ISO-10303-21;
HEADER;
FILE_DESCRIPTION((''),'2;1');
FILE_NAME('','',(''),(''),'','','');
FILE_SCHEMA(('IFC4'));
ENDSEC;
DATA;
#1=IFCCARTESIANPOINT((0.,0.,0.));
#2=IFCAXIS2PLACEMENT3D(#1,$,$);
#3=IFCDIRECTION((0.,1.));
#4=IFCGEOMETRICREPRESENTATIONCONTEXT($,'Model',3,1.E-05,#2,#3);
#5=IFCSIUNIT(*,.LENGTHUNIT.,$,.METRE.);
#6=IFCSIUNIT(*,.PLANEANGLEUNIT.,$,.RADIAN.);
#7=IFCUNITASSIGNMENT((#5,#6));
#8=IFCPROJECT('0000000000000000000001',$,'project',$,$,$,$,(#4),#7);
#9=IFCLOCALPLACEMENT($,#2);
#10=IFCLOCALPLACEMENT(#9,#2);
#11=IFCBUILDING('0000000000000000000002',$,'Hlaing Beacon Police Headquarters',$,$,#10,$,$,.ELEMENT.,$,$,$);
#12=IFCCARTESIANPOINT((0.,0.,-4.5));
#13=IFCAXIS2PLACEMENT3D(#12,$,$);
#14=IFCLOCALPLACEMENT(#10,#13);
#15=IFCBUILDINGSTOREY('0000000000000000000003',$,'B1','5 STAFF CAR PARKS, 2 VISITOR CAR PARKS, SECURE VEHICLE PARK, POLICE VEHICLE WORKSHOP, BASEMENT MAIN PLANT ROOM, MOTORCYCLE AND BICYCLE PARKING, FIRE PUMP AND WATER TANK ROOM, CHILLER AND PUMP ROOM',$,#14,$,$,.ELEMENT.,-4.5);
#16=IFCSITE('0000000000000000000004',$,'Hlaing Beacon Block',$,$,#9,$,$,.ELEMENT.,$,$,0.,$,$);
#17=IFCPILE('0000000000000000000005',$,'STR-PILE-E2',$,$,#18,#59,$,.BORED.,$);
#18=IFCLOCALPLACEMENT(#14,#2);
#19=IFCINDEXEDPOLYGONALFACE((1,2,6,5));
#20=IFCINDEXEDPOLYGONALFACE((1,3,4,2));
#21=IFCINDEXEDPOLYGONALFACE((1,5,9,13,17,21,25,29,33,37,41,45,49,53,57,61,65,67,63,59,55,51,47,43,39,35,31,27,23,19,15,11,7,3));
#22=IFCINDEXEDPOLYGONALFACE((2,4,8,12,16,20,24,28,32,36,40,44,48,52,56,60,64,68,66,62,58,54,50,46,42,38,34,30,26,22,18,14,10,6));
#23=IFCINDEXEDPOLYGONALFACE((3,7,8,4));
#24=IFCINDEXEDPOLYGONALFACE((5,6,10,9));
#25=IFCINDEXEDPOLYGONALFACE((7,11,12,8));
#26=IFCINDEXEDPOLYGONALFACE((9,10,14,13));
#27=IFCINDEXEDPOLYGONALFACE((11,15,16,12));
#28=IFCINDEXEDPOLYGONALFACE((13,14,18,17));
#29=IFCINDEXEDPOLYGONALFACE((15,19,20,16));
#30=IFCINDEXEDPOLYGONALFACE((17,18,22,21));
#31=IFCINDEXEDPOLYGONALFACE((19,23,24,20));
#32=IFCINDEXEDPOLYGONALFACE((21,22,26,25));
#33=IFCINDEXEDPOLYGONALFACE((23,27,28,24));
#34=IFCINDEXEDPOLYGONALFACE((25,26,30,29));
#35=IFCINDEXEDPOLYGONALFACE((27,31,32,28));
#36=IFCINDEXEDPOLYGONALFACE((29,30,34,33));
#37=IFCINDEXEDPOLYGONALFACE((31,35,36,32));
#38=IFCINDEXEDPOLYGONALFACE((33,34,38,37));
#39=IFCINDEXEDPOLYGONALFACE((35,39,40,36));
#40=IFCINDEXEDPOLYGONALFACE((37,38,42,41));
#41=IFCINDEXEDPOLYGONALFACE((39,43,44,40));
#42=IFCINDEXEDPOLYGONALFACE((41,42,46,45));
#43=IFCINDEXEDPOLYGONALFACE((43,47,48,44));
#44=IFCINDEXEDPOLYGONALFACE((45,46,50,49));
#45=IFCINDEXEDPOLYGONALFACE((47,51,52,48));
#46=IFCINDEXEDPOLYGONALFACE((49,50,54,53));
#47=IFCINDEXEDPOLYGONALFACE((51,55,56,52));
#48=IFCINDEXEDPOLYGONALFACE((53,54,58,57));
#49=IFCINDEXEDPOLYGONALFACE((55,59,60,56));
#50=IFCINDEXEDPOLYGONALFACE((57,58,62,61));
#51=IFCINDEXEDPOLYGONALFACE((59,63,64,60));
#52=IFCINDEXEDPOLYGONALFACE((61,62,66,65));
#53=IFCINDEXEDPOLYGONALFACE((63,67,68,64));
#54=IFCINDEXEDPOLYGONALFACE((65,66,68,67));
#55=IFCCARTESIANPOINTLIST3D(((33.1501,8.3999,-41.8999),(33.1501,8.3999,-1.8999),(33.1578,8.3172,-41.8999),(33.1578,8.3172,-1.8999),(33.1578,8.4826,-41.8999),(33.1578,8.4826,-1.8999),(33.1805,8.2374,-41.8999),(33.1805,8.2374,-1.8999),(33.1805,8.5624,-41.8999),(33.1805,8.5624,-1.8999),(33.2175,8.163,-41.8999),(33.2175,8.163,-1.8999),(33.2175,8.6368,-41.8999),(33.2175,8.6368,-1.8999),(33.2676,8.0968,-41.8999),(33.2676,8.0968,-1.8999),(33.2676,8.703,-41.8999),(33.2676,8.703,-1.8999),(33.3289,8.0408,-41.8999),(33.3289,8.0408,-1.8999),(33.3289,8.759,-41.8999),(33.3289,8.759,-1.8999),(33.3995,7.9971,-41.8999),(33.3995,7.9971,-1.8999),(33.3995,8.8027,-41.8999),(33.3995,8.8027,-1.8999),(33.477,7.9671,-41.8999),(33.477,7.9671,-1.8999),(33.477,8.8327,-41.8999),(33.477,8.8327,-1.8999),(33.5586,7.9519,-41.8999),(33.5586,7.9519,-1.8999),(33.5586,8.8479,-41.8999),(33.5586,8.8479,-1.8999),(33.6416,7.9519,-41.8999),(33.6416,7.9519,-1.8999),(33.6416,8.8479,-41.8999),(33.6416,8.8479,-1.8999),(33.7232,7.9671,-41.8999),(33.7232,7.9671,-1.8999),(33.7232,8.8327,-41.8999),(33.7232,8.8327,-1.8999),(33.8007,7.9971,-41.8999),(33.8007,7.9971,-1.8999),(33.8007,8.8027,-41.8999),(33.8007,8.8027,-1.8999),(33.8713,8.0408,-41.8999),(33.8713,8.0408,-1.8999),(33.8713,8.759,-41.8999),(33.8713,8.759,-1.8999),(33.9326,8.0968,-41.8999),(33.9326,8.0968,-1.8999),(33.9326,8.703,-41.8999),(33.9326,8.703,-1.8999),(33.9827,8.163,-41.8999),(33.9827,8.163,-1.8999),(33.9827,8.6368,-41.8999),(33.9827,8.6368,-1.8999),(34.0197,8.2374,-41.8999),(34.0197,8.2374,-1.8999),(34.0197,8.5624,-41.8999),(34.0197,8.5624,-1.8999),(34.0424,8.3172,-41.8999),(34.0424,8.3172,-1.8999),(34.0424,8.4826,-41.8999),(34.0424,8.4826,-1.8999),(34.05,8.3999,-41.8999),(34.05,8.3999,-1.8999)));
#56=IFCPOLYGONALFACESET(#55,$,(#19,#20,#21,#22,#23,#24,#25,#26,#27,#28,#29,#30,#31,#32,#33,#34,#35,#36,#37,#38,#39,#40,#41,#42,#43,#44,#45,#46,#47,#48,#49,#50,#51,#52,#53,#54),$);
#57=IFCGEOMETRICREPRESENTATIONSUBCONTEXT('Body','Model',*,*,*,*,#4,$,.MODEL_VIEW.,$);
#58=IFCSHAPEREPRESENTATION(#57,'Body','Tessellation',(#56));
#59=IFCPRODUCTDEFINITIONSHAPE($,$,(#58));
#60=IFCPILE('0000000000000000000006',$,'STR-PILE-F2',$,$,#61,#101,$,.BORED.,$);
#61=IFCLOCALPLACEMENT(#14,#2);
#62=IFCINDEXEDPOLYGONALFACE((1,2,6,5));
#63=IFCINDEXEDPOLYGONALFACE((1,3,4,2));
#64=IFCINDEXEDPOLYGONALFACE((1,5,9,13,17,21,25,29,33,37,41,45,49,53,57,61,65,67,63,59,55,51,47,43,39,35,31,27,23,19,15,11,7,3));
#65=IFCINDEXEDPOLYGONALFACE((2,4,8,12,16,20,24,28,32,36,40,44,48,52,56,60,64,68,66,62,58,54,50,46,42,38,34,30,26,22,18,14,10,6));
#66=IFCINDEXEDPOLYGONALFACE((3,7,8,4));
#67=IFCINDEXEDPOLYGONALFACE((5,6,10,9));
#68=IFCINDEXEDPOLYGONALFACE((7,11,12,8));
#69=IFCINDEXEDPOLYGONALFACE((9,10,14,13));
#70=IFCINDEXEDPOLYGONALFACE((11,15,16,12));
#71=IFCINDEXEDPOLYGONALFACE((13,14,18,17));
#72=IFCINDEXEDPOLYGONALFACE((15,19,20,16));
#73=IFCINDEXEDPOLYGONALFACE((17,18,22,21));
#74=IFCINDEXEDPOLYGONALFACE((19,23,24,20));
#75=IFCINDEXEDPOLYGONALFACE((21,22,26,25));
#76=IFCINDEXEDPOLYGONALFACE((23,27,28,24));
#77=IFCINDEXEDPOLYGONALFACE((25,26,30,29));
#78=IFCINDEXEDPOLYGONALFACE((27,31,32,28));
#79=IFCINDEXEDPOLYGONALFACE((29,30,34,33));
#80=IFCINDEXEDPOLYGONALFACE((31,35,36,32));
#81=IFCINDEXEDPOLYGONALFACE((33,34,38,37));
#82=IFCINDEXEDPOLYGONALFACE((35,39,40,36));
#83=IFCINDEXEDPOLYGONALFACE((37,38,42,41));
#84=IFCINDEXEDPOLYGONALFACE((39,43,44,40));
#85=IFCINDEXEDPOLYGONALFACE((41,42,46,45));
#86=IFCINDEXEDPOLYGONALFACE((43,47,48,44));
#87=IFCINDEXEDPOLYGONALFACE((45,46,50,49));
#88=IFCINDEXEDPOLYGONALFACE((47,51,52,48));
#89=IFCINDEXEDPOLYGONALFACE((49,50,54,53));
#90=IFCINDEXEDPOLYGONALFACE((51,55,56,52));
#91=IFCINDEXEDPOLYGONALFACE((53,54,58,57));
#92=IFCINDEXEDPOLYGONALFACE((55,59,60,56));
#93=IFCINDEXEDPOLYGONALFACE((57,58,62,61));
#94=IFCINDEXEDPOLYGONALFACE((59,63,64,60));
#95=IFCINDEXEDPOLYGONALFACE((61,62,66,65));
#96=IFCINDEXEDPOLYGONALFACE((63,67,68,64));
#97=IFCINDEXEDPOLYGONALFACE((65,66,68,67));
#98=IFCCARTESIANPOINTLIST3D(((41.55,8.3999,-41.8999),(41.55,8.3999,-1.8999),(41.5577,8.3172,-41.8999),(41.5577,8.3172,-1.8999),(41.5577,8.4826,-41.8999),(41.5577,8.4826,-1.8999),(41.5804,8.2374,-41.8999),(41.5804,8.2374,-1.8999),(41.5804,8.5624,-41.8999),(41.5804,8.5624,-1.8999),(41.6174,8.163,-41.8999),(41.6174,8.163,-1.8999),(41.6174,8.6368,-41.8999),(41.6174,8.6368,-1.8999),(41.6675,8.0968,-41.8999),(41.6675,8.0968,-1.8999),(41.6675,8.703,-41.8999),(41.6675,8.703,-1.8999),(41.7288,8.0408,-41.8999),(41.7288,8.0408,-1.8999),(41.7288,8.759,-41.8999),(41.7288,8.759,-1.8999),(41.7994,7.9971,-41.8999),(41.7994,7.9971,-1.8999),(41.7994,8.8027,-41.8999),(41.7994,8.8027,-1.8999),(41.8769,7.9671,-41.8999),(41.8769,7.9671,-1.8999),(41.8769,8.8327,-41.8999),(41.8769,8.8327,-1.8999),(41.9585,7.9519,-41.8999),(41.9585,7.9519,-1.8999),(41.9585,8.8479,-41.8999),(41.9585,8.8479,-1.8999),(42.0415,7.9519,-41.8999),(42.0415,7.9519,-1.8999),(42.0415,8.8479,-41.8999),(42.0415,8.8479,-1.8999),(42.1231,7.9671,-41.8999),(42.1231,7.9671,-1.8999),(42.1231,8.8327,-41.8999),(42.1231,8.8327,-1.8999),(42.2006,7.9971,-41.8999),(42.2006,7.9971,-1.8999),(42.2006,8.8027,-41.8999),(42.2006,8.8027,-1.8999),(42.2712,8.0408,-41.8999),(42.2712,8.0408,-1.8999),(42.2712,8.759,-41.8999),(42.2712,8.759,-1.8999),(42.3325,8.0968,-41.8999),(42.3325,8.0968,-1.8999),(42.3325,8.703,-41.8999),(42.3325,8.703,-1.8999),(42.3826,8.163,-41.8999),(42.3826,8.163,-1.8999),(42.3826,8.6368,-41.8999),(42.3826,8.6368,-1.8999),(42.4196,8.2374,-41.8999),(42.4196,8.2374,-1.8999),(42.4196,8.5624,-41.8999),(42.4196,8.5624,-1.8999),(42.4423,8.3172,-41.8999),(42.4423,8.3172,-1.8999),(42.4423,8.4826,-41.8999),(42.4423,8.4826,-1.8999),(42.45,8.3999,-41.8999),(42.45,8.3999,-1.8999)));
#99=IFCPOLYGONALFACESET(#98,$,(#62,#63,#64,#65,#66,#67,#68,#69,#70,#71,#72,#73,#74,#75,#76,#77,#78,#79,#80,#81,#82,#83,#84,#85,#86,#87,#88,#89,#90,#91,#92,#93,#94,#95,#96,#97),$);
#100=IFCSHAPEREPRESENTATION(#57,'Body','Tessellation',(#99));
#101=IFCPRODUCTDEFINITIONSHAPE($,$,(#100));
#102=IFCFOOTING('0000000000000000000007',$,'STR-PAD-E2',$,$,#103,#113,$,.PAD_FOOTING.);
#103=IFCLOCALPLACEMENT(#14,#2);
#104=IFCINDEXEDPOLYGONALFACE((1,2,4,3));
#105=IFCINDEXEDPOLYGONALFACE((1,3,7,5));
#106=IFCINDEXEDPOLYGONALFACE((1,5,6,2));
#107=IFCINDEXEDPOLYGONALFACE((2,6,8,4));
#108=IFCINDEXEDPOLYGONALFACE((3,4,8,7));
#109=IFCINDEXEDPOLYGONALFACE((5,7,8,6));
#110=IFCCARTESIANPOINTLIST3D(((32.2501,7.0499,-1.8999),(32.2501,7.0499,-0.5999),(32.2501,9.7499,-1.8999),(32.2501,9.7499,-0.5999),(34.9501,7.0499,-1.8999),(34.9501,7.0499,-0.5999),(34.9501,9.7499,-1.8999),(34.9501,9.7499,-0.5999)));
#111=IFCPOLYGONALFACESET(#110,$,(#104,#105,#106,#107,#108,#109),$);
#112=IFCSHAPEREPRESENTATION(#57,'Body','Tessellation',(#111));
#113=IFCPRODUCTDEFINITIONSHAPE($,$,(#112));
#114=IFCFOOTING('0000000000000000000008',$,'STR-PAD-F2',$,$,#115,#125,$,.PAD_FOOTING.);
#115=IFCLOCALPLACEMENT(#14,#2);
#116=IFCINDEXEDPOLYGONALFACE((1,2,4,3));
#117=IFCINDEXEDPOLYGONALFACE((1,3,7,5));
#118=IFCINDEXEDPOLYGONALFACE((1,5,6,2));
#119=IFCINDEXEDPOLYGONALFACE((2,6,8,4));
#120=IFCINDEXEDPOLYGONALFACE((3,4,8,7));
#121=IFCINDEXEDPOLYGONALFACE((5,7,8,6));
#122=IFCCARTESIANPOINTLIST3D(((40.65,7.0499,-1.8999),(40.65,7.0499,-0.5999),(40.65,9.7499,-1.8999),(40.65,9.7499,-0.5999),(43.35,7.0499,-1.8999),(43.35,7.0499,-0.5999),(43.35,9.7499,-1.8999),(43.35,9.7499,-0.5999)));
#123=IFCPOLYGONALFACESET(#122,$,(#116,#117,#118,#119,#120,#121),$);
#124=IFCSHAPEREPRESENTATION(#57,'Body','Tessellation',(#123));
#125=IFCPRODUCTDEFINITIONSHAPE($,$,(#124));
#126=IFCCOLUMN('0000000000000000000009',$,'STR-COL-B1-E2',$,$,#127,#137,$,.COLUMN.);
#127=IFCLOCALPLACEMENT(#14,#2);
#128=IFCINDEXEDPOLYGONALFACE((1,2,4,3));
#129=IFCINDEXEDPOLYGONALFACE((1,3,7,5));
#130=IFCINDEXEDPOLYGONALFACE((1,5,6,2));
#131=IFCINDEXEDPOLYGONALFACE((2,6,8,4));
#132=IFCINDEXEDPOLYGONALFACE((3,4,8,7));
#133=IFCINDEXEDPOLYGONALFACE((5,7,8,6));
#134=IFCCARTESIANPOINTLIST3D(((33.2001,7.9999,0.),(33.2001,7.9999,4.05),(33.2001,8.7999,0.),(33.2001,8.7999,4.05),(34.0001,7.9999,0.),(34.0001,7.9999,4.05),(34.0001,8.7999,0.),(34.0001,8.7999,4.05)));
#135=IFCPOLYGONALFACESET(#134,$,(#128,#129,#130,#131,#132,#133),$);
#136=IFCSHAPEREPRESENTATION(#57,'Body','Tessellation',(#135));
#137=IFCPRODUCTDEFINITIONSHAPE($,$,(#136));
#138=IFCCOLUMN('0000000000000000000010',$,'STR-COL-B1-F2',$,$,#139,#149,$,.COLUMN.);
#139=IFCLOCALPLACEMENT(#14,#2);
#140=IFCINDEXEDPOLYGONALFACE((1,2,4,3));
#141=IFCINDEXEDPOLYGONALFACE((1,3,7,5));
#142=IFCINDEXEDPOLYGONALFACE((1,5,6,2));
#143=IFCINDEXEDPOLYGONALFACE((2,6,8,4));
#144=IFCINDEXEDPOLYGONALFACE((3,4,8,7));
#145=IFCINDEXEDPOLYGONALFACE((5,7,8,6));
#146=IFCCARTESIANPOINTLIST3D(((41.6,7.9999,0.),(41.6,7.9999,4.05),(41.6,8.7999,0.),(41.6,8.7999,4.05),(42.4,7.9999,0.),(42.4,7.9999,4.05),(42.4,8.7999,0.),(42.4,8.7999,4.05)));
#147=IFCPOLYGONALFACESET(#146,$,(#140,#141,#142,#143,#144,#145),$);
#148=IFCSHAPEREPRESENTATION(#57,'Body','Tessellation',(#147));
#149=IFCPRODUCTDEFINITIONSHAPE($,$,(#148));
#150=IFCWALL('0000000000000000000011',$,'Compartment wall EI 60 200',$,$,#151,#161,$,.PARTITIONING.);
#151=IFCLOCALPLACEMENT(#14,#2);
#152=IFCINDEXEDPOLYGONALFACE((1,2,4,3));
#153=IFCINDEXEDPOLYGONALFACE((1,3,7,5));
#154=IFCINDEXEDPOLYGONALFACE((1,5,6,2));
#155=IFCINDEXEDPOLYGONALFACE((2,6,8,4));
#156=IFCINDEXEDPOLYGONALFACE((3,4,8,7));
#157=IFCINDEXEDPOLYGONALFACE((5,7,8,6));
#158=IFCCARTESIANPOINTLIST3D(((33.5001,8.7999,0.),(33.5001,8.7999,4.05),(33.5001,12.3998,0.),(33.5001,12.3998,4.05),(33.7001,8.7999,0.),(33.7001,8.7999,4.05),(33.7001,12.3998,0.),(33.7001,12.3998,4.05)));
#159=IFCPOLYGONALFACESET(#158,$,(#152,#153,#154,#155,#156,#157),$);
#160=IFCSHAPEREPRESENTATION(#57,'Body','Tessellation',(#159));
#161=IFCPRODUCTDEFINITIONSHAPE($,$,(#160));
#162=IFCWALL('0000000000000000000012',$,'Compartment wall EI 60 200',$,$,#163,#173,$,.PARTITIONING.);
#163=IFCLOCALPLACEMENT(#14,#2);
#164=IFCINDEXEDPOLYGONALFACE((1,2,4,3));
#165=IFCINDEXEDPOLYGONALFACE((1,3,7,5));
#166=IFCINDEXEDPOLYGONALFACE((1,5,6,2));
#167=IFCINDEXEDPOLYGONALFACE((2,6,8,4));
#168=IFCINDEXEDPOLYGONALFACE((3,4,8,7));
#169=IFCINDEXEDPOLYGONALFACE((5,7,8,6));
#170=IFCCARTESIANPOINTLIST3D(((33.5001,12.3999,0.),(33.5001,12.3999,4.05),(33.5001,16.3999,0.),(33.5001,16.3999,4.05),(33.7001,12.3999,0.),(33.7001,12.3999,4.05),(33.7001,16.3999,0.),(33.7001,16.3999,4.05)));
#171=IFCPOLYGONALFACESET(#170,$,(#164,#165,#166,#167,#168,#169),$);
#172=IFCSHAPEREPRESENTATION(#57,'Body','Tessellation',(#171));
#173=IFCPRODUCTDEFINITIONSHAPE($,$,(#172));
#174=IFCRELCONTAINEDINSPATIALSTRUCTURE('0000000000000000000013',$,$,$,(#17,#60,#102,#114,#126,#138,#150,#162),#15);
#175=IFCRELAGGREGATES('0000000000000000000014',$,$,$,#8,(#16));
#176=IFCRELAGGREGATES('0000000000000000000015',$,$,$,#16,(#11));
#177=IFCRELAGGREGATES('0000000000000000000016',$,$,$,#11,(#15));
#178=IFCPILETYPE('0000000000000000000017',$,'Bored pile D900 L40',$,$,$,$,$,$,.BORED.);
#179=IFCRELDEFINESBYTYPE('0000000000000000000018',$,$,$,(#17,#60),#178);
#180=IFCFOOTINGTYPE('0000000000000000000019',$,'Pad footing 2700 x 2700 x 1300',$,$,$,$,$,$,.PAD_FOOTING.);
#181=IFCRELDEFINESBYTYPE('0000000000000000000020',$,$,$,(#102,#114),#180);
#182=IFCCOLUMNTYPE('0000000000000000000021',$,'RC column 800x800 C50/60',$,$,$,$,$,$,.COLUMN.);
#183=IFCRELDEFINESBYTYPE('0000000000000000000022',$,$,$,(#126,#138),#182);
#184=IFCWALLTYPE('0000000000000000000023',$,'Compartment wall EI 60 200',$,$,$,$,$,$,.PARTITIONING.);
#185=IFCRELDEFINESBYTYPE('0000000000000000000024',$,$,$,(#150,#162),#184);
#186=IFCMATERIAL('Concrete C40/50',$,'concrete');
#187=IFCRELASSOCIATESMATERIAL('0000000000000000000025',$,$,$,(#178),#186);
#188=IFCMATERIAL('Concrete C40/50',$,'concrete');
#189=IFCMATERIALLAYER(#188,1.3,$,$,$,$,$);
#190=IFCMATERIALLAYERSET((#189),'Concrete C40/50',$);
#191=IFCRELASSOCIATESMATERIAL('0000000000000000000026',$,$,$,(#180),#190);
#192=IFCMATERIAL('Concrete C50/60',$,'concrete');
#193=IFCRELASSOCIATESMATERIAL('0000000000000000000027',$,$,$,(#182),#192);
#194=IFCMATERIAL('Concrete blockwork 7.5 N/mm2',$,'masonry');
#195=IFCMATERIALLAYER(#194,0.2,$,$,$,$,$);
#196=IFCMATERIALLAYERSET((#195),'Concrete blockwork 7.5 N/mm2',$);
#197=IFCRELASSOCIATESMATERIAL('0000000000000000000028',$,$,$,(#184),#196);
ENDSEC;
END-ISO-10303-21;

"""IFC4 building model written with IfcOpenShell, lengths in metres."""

from ifc_helpers import new_model, si_unit, direction, frame, frame_2d, origin, origin_2d, place, context, subcontext, project, spatial, rectangle, circle, extrude, material, layer, layer_set, material_profile, profile_set, type_object, element, save


model = new_model("IFC4")

# Units and contexts
model_context = context("Model", 3, precision=1e-05, world=origin(), true_north=direction((0.0, 1.0)))
body_context = subcontext(model_context, "Body", "Model", "MODEL_VIEW")
ifc_project = project(units=[si_unit("LENGTHUNIT", "METRE"), si_unit("PLANEANGLEUNIT", "RADIAN")], contexts=[model_context])

# Site, building, storey
site_placement = place(None, origin())
site = spatial("IfcSite", under=ifc_project, at=site_placement, Name="Hlaing Beacon Block", CompositionType="ELEMENT", RefElevation=0.0)
building_placement = place(site_placement, origin())
building = spatial("IfcBuilding", under=site, at=building_placement, Name="Hlaing Beacon Police Headquarters", CompositionType="ELEMENT")
storey_placement = place(building_placement, frame((0.0, 0.0, -4.5)))
storey = spatial("IfcBuildingStorey", under=building, at=storey_placement, Name="B1", Description="5 STAFF CAR PARKS, 2 VISITOR CAR PARKS, SECURE VEHICLE PARK, POLICE VEHICLE WORKSHOP, BASEMENT MAIN PLANT ROOM, MOTORCYCLE AND BICYCLE PARKING, FIRE PUMP AND WATER TANK ROOM, CHILLER AND PUMP ROOM", CompositionType="ELEMENT", Elevation=-4.5)

# Piles
ifc_material_1 = material(Name="Concrete C40/50", Category="concrete")
ifc_material_profile_1 = material_profile(ifc_material_1, circle(Radius=0.45, at=origin_2d()), Name="D900")
ifc_profile_set_1 = profile_set([ifc_material_profile_1], Name="Concrete C40/50")
pile_type = type_object("IfcPileType", Name="Bored pile D900 L40", PredefinedType="BORED", material=ifc_profile_set_1)
for number, where, z_axis, x_axis, name in (
    (1, (33.6001, 8.3999, -1.8999), (0.0, 0.0, -1.0), (1.0, 0.0, 0.0), "STR-PILE-E2"),
    (2, (42.0, 8.3999, -1.8999), (0.0, 0.0, -1.0), (1.0, 0.0, 0.0), "STR-PILE-F2"),
):
    element("IfcPile", number, at=place(storey_placement, frame(where, z_axis=z_axis, x_axis=x_axis)), inside=storey, type_object=pile_type, Name=name, PredefinedType="BORED", context=body_context, shape_type="SweptSolid", body=[
        extrude(circle(Radius=0.45, at=origin_2d()), origin(), (0.0, 0.0, 1.0), 40.0),
    ])

# Footings
ifc_material_2 = material(Name="Concrete C40/50", Category="concrete")
ifc_layer_1 = layer(ifc_material_2, 1.3)
ifc_layer_set_1 = layer_set([ifc_layer_1], Name="Concrete C40/50")
footing_type = type_object("IfcFootingType", Name="Pad footing 2700 x 2700 x 1300", PredefinedType="PAD_FOOTING", material=ifc_layer_set_1)
for number, where, z_axis, x_axis, name in (
    (3, (33.6001, 8.3999, -1.8999), (0.0, 0.0, 1.0), (1.0, 0.0, 0.0), "STR-PAD-E2"),
    (4, (42.0, 8.3999, -1.8999), (0.0, 0.0, 1.0), (1.0, 0.0, 0.0), "STR-PAD-F2"),
):
    element("IfcFooting", number, at=place(storey_placement, frame(where, z_axis=z_axis, x_axis=x_axis)), inside=storey, type_object=footing_type, Name=name, PredefinedType="PAD_FOOTING", context=body_context, shape_type="SweptSolid", body=[
        extrude(rectangle(XDim=2.7, YDim=2.7, at=origin_2d()), origin(), (0.0, 0.0, 1.0), 1.3),
    ])

# Columns
ifc_material_3 = material(Name="Concrete C50/60", Category="concrete")
ifc_material_profile_2 = material_profile(ifc_material_3, rectangle(XDim=0.8, YDim=0.8, at=origin_2d()), Name="800x800")
ifc_profile_set_2 = profile_set([ifc_material_profile_2], Name="Concrete C50/60")
column_type = type_object("IfcColumnType", Name="RC column 800x800 C50/60", PredefinedType="COLUMN", material=ifc_profile_set_2)
for number, where, z_axis, x_axis, name in (
    (5, (33.6001, 8.3999, 0.0), (0.0, 0.0, 1.0), (1.0, 0.0, 0.0), "STR-COL-B1-E2"),
    (6, (42.0, 8.3999, 0.0), (0.0, 0.0, 1.0), (1.0, 0.0, 0.0), "STR-COL-B1-F2"),
):
    element("IfcColumn", number, at=place(storey_placement, frame(where, z_axis=z_axis, x_axis=x_axis)), inside=storey, type_object=column_type, Name=name, PredefinedType="COLUMN", context=body_context, shape_type="SweptSolid", body=[
        extrude(rectangle(XDim=0.8, YDim=0.8, at=origin_2d()), origin(), (0.0, 0.0, 1.0), 4.05),
    ])

# Walls
ifc_material_4 = material(Name="Concrete blockwork 7.5 N/mm2", Category="masonry")
ifc_layer_2 = layer(ifc_material_4, 0.2)
ifc_layer_set_2 = layer_set([ifc_layer_2], Name="Concrete blockwork 7.5 N/mm2")
wall_type_1 = type_object("IfcWallType", Name="Compartment wall EI 60 200", PredefinedType="PARTITIONING", material=ifc_layer_set_2)
wall_1_placement = place(storey_placement, frame((33.6001, 8.8, 0.0), z_axis=(0.0, 0.0, 1.0), x_axis=(0.0, 1.0, 0.0)))
element("IfcWall", 7, at=wall_1_placement, inside=storey, type_object=wall_type_1, Name="Compartment wall EI 60 200", PredefinedType="PARTITIONING", context=body_context, shape_type="SweptSolid", body=[
    extrude(rectangle(XDim=3.5999, YDim=0.2, at=frame_2d((1.7998, 0.0))), origin(), (0.0, 0.0, 1.0), 4.05),
])
wall_2_placement = place(storey_placement, frame((33.6001, 12.3999, 0.0), z_axis=(0.0, 0.0, 1.0), x_axis=(0.0, 1.0, 0.0)))
element("IfcWall", 8, at=wall_2_placement, inside=storey, type_object=wall_type_1, Name="Compartment wall EI 60 200", PredefinedType="PARTITIONING", context=body_context, shape_type="SweptSolid", body=[
    extrude(rectangle(XDim=4.0, YDim=0.2, at=frame_2d((2.0, 0.0))), origin(), (0.0, 0.0, 1.0), 4.05),
])

save(model, "model.ifc")
